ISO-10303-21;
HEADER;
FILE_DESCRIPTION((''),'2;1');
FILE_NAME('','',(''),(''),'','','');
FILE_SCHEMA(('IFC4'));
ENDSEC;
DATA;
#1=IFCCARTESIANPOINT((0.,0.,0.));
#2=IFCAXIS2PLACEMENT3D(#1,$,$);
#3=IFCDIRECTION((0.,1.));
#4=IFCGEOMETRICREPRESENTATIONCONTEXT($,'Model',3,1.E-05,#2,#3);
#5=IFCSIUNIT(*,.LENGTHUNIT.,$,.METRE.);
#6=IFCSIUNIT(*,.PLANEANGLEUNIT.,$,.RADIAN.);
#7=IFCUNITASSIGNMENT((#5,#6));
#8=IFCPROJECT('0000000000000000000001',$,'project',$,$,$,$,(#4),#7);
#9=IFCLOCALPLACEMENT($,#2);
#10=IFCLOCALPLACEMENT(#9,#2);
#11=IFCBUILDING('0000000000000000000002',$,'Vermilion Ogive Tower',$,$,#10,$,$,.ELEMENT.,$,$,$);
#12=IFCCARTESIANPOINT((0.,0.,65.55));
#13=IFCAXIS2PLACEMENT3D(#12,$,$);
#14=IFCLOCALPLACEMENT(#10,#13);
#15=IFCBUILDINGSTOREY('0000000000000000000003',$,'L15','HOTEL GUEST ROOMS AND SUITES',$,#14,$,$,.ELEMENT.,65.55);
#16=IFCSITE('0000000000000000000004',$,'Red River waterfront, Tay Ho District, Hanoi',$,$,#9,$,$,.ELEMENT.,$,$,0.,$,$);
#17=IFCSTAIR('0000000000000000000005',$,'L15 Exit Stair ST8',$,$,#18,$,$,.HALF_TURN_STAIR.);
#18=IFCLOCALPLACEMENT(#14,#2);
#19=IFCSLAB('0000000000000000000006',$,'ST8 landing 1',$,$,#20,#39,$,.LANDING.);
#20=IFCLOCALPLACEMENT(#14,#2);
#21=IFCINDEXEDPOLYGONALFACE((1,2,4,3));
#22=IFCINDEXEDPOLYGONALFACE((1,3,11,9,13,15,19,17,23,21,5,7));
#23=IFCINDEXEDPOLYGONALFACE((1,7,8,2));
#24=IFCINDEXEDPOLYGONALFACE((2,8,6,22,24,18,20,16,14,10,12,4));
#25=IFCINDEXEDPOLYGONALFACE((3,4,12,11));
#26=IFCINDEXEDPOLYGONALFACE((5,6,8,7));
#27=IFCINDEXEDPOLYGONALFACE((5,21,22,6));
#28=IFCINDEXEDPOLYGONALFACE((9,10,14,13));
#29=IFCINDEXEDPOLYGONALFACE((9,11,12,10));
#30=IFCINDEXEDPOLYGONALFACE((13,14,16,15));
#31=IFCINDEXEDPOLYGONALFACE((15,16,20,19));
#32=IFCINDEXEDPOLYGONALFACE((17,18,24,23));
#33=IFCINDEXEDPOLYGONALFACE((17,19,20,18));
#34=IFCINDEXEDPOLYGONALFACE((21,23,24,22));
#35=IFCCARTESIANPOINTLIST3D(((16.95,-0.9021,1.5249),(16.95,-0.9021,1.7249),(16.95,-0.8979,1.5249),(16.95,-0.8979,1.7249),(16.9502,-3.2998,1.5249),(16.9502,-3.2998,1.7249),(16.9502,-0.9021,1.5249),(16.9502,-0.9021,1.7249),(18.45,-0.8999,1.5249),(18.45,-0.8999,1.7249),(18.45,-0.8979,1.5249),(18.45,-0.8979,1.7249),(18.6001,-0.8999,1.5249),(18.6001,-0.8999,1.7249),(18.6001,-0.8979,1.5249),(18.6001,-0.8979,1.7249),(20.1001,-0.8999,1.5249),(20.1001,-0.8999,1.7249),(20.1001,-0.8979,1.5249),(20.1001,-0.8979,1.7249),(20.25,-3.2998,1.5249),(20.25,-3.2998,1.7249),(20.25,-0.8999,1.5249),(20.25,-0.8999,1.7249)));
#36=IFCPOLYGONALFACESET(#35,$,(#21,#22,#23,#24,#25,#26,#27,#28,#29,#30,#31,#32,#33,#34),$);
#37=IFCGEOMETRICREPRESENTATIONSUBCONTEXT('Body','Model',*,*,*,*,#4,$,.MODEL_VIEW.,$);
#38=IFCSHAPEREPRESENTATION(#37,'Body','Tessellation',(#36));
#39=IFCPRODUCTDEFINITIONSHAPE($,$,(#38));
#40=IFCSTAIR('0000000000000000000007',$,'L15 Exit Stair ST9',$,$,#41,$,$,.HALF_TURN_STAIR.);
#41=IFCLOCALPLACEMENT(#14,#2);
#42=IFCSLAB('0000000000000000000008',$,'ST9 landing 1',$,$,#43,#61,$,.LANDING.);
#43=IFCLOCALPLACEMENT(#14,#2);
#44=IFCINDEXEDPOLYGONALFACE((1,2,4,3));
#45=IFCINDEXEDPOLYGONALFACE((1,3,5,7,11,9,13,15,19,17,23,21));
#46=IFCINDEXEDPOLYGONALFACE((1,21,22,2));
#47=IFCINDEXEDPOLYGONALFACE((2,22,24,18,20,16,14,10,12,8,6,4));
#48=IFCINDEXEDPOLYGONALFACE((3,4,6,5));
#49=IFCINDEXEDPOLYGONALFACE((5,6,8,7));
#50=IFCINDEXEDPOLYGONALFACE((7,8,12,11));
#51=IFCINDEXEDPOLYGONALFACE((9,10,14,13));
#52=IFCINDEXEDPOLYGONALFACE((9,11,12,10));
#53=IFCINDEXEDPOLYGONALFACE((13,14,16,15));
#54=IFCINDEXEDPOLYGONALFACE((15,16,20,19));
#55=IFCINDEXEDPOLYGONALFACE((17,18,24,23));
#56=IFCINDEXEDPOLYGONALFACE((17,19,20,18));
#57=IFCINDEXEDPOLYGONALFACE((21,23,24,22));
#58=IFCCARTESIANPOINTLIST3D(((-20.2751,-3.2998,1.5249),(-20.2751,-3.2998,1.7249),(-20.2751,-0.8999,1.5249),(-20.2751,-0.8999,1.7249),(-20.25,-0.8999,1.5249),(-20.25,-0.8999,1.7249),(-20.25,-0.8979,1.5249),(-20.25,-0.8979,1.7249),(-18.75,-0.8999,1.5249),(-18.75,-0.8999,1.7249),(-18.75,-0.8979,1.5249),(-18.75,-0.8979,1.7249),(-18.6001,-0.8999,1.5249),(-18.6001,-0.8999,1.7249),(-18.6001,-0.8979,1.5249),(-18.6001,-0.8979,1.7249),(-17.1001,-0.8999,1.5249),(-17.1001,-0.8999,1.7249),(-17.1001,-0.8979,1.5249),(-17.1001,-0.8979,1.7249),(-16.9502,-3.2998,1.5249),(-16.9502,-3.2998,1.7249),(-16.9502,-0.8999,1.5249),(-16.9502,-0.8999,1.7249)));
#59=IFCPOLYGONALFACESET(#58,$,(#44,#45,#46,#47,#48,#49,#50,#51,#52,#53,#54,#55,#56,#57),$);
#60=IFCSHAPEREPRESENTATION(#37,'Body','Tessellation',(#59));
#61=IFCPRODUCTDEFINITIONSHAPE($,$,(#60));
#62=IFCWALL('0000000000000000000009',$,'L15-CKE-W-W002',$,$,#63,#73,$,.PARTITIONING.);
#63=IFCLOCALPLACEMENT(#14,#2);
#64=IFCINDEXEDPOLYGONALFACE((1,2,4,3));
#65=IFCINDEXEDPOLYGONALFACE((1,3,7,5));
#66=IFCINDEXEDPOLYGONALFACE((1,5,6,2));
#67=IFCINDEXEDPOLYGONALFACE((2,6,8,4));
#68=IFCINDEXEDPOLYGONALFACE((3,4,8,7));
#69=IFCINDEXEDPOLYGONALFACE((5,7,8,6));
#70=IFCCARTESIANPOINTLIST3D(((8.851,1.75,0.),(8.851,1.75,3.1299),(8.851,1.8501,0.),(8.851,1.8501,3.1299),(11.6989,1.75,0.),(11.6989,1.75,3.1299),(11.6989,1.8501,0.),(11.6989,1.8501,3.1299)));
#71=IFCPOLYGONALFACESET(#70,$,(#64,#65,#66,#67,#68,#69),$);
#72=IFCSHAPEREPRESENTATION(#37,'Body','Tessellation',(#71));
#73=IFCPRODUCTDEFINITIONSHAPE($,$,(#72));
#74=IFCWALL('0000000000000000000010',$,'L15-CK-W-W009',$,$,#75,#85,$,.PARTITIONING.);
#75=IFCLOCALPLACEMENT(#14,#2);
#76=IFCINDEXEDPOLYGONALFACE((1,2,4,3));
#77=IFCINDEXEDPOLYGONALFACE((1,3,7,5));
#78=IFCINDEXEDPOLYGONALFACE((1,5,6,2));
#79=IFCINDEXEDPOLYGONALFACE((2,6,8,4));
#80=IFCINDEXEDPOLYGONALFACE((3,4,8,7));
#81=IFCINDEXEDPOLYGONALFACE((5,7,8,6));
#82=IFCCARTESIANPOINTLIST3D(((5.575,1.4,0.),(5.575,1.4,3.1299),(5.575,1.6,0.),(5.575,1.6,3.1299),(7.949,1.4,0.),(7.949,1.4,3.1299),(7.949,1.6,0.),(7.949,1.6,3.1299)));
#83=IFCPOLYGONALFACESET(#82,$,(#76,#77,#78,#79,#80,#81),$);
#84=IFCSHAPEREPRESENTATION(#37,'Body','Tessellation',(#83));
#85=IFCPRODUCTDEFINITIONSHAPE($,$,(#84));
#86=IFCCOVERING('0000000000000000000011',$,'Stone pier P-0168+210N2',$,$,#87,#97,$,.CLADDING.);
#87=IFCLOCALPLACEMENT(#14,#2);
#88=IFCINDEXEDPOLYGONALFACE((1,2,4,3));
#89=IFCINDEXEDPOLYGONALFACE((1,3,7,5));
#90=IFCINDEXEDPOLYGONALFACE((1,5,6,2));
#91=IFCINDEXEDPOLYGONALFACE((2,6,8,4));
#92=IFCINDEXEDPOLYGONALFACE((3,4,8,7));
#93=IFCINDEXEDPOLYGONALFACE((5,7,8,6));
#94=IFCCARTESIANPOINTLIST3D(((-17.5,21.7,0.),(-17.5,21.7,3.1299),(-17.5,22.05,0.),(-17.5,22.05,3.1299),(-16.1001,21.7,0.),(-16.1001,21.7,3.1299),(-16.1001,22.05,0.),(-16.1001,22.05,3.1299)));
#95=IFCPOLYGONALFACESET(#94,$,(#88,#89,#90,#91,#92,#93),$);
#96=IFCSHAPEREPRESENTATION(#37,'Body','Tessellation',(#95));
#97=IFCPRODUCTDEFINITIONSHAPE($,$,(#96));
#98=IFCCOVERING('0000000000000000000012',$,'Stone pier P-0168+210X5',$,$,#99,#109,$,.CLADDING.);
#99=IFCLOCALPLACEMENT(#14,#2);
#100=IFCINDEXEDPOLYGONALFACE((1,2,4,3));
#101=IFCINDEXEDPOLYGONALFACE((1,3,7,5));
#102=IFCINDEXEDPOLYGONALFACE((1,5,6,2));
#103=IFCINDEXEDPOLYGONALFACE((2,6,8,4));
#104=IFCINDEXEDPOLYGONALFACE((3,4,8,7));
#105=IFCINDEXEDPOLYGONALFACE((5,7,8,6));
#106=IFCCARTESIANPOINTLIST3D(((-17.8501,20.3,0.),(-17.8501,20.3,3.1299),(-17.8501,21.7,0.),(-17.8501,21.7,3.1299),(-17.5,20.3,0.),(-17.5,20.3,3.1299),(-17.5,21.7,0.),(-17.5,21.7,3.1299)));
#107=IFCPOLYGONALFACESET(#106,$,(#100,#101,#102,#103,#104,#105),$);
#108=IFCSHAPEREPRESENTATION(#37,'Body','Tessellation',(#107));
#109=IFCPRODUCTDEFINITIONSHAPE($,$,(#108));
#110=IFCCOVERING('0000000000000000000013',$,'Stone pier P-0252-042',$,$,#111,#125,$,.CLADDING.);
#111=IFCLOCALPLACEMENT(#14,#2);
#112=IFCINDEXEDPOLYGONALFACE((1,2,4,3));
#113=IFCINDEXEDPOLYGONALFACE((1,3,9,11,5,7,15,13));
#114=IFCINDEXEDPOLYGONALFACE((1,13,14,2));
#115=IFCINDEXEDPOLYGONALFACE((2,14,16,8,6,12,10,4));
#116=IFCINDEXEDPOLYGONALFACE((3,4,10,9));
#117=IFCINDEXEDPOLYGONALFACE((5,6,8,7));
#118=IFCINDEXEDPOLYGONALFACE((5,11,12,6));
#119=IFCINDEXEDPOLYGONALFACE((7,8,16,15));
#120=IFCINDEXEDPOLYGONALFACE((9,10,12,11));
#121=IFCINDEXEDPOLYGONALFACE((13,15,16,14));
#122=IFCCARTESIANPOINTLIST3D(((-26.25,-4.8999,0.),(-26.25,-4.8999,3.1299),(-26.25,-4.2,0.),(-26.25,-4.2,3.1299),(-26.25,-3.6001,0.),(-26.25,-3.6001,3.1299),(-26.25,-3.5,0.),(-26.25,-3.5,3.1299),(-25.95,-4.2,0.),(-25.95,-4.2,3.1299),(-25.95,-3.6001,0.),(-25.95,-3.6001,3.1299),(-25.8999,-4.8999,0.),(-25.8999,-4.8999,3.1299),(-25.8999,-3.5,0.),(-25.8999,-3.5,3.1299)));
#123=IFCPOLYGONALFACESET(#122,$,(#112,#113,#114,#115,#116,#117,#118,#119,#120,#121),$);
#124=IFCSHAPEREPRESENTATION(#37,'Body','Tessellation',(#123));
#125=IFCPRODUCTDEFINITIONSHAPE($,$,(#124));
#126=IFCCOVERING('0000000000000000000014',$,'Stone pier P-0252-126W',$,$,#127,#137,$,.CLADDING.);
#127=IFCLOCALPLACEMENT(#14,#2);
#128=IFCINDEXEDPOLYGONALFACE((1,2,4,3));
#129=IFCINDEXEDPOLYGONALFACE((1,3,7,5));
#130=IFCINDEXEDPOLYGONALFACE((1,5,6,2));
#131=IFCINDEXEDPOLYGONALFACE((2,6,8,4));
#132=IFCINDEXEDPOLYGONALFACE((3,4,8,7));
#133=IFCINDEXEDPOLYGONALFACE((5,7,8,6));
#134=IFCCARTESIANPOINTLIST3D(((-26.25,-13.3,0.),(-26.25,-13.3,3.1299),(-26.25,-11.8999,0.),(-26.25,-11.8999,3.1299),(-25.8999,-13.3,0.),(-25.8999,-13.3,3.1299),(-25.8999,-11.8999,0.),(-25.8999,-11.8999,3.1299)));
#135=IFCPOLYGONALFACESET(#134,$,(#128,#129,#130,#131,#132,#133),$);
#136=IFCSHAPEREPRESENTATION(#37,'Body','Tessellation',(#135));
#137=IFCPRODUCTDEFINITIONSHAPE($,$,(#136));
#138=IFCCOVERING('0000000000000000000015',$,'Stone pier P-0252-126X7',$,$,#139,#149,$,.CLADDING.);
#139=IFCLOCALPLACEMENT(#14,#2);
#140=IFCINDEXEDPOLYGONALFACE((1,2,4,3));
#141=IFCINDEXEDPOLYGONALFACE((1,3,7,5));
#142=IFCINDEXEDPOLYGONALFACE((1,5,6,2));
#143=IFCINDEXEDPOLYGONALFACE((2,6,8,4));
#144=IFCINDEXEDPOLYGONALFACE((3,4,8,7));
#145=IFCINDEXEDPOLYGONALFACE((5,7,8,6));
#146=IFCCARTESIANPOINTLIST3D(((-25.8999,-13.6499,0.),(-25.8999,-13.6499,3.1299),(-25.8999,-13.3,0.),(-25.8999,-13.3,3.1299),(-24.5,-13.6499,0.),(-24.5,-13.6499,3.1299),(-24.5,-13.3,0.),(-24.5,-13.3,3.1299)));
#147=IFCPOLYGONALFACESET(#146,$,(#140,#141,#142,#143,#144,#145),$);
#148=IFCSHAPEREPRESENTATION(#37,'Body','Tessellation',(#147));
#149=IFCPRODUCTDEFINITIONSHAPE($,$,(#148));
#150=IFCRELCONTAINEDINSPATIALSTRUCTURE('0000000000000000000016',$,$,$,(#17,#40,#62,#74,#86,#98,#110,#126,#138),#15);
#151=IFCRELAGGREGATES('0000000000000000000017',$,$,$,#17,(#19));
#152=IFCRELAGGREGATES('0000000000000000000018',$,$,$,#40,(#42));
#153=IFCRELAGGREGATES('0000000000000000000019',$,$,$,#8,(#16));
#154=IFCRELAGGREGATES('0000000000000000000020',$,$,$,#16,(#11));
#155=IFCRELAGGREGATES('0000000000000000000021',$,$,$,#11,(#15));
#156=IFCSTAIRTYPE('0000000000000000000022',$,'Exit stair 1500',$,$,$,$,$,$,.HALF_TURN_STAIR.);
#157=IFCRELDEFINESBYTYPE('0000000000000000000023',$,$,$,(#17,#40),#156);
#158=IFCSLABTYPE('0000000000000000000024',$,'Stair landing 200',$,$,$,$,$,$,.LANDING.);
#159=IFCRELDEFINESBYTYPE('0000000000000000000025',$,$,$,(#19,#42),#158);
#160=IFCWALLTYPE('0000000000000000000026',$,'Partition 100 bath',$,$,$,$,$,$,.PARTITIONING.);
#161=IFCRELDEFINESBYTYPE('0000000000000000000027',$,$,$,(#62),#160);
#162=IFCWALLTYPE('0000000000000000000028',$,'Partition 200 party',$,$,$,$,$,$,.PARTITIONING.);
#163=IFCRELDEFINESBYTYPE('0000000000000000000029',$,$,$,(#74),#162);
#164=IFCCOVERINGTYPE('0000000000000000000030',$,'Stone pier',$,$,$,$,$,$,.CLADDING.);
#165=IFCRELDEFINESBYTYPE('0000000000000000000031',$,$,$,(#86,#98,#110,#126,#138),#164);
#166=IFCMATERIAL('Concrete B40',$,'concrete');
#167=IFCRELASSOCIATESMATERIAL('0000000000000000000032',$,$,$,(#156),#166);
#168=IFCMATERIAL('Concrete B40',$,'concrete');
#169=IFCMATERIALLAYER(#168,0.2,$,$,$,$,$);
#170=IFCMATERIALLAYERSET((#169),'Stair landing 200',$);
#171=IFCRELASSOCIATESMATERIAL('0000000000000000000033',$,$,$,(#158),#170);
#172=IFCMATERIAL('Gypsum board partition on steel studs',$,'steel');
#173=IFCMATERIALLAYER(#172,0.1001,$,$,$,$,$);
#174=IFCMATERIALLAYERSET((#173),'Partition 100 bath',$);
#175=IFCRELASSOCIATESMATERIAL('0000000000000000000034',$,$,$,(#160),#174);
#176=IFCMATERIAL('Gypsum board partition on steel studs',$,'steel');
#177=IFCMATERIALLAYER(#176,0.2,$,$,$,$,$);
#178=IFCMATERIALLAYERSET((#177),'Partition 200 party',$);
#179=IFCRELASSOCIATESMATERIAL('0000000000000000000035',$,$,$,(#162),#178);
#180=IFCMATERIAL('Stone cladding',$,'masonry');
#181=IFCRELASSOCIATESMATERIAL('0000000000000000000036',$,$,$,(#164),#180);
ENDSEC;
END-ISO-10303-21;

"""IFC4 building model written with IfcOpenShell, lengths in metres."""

from ifc_helpers import new_model, si_unit, direction, frame, frame_2d, origin, place, context, subcontext, project, spatial, polyline, rectangle, outline, extrude, material, layer, layer_set, type_object, element, aggregate, save


model = new_model("IFC4")

# Units and contexts
model_context = context("Model", 3, precision=1e-05, world=origin(), true_north=direction((0.0, 1.0)))
body_context = subcontext(model_context, "Body", "Model", "MODEL_VIEW")
ifc_project = project(units=[si_unit("LENGTHUNIT", "METRE"), si_unit("PLANEANGLEUNIT", "RADIAN")], contexts=[model_context])

# Site, building, storey
site_placement = place(None, origin())
site = spatial("IfcSite", under=ifc_project, at=site_placement, Name="Red River waterfront, Tay Ho District, Hanoi", CompositionType="ELEMENT", RefElevation=0.0)
building_placement = place(site_placement, origin())
building = spatial("IfcBuilding", under=site, at=building_placement, Name="Vermilion Ogive Tower", CompositionType="ELEMENT")
storey_placement = place(building_placement, frame((0.0, 0.0, 65.55)))
storey = spatial("IfcBuildingStorey", under=building, at=storey_placement, Name="L15", Description="HOTEL GUEST ROOMS AND SUITES", CompositionType="ELEMENT", Elevation=65.55)

# Stairs, slabs
ifc_material_1 = material(Name="Concrete B40", Category="concrete")
stair_type = type_object("IfcStairType", Name="Exit stair 1500", PredefinedType="HALF_TURN_STAIR", material=ifc_material_1)
ifc_material_2 = material(Name="Concrete B40", Category="concrete")
ifc_layer_1 = layer(ifc_material_2, 0.2)
ifc_layer_set_1 = layer_set([ifc_layer_1], Name="Stair landing 200")
slab_type_1 = type_object("IfcSlabType", Name="Stair landing 200", PredefinedType="LANDING", material=ifc_layer_set_1)
stair_1_placement = place(storey_placement, origin())
stair_1 = element("IfcStair", 1, at=stair_1_placement, inside=storey, type_object=stair_type, Name="L15 Exit Stair ST8", PredefinedType="HALF_TURN_STAIR")
slab_1_placement = place(storey_placement, frame((0.0, 0.0, 1.5249)))
slab_1 = element("IfcSlab", 2, at=slab_1_placement, type_object=slab_type_1, Name="ST8 landing 1", PredefinedType="LANDING", context=body_context, shape_type="SweptSolid", body=[
    extrude(outline(polyline([(20.25, -0.8999), (20.1001, -0.8999), (20.1001, -0.8979), (18.6001, -0.8979), (18.6001, -0.8999), (18.45, -0.8999), (18.45, -0.8979), (16.95, -0.8979), (16.95, -0.9021), (16.9502, -0.9021), (16.9502, -3.2998), (20.25, -3.2998), (20.25, -0.8999)])), origin(), (0.0, 0.0, 1.0), 0.2),
])
aggregate(stair_1, [slab_1])
stair_2_placement = place(storey_placement, origin())
stair_2 = element("IfcStair", 3, at=stair_2_placement, inside=storey, type_object=stair_type, Name="L15 Exit Stair ST9", PredefinedType="HALF_TURN_STAIR")
slab_2_placement = place(storey_placement, frame((0.0, 0.0, 1.5249)))
slab_2 = element("IfcSlab", 4, at=slab_2_placement, type_object=slab_type_1, Name="ST9 landing 1", PredefinedType="LANDING", context=body_context, shape_type="SweptSolid", body=[
    extrude(outline(polyline([(-16.9502, -0.8999), (-17.1001, -0.8999), (-17.1001, -0.8979), (-18.6001, -0.8979), (-18.6001, -0.8999), (-18.75, -0.8999), (-18.75, -0.8979), (-20.25, -0.8979), (-20.25, -0.8999), (-20.2751, -0.8999), (-20.2751, -3.2998), (-16.9502, -3.2998), (-16.9502, -0.8999)])), origin(), (0.0, 0.0, 1.0), 0.2),
])
aggregate(stair_2, [slab_2])

# Walls
ifc_material_3 = material(Name="Gypsum board partition on steel studs", Category="steel")
ifc_layer_2 = layer(ifc_material_3, 0.1001)
ifc_layer_set_2 = layer_set([ifc_layer_2], Name="Partition 100 bath")
wall_type_1 = type_object("IfcWallType", Name="Partition 100 bath", PredefinedType="PARTITIONING", material=ifc_layer_set_2)
wall_1_placement = place(storey_placement, frame((8.8511, 1.8, 0.0), z_axis=(0.0, 0.0, 1.0), x_axis=(1.0, 0.0, 0.0)))
element("IfcWall", 5, at=wall_1_placement, inside=storey, type_object=wall_type_1, Name="L15-CKE-W-W002", PredefinedType="PARTITIONING", context=body_context, shape_type="SweptSolid", body=[
    extrude(rectangle(XDim=2.8479, YDim=0.1001, at=frame_2d((1.4238, 0.0))), origin(), (0.0, 0.0, 1.0), 3.1299),
])
ifc_material_4 = material(Name="Gypsum board partition on steel studs", Category="steel")
ifc_layer_3 = layer(ifc_material_4, 0.2)
ifc_layer_set_3 = layer_set([ifc_layer_3], Name="Partition 200 party")
wall_type_2 = type_object("IfcWallType", Name="Partition 200 party", PredefinedType="PARTITIONING", material=ifc_layer_set_3)
wall_2_placement = place(storey_placement, frame((5.575, 1.5, 0.0), z_axis=(0.0, 0.0, 1.0), x_axis=(1.0, 0.0, 0.0)))
element("IfcWall", 6, at=wall_2_placement, inside=storey, type_object=wall_type_2, Name="L15-CK-W-W009", PredefinedType="PARTITIONING", context=body_context, shape_type="SweptSolid", body=[
    extrude(rectangle(XDim=2.374, YDim=0.2, at=frame_2d((1.187, 0.0))), origin(), (0.0, 0.0, 1.0), 3.1299),
])

# Coverings
ifc_material_5 = material(Name="Stone cladding", Category="masonry")
covering_type = type_object("IfcCoveringType", Name="Stone pier", PredefinedType="CLADDING", material=ifc_material_5)
covering_1_placement = place(storey_placement, origin())
element("IfcCovering", 7, at=covering_1_placement, inside=storey, type_object=covering_type, Name="Stone pier P-0168+210N2", PredefinedType="CLADDING", context=body_context, shape_type="SweptSolid", body=[
    extrude(outline(polyline([(-17.5, 21.7), (-17.5, 22.05), (-16.1001, 22.05), (-16.1001, 21.7), (-17.5, 21.7), (-17.5, 21.7)])), origin(), (0.0, 0.0, 1.0), 3.1299),
])
covering_2_placement = place(storey_placement, origin())
element("IfcCovering", 8, at=covering_2_placement, inside=storey, type_object=covering_type, Name="Stone pier P-0168+210X5", PredefinedType="CLADDING", context=body_context, shape_type="SweptSolid", body=[
    extrude(outline(polyline([(-17.8501, 21.7), (-17.5, 21.7), (-17.5, 21.7), (-17.5, 20.3), (-17.8501, 20.3), (-17.8501, 21.7)])), origin(), (0.0, 0.0, 1.0), 3.1299),
])
covering_3_placement = place(storey_placement, origin())
element("IfcCovering", 9, at=covering_3_placement, inside=storey, type_object=covering_type, Name="Stone pier P-0252-042", PredefinedType="CLADDING", context=body_context, shape_type="SweptSolid", body=[
    extrude(outline(polyline([(-26.25, -4.8999), (-26.25, -4.2), (-25.95, -4.2), (-25.95, -3.6001), (-26.25, -3.6001), (-26.25, -3.5), (-25.8999, -3.5), (-25.8999, -4.8999), (-26.25, -4.8999)])), origin(), (0.0, 0.0, 1.0), 3.1299),
])
covering_4_placement = place(storey_placement, origin())
element("IfcCovering", 10, at=covering_4_placement, inside=storey, type_object=covering_type, Name="Stone pier P-0252-126W", PredefinedType="CLADDING", context=body_context, shape_type="SweptSolid", body=[
    extrude(outline(polyline([(-26.25, -13.3), (-26.25, -11.8999), (-25.8999, -11.8999), (-25.8999, -13.3), (-26.25, -13.3)])), origin(), (0.0, 0.0, 1.0), 3.1299),
])
covering_5_placement = place(storey_placement, origin())
element("IfcCovering", 11, at=covering_5_placement, inside=storey, type_object=covering_type, Name="Stone pier P-0252-126X7", PredefinedType="CLADDING", context=body_context, shape_type="SweptSolid", body=[
    extrude(outline(polyline([(-25.8999, -13.6499), (-25.8999, -13.3), (-24.5, -13.3), (-24.5, -13.6499), (-25.8999, -13.6499)])), origin(), (0.0, 0.0, 1.0), 3.1299),
])

save(model, "model.ifc")
